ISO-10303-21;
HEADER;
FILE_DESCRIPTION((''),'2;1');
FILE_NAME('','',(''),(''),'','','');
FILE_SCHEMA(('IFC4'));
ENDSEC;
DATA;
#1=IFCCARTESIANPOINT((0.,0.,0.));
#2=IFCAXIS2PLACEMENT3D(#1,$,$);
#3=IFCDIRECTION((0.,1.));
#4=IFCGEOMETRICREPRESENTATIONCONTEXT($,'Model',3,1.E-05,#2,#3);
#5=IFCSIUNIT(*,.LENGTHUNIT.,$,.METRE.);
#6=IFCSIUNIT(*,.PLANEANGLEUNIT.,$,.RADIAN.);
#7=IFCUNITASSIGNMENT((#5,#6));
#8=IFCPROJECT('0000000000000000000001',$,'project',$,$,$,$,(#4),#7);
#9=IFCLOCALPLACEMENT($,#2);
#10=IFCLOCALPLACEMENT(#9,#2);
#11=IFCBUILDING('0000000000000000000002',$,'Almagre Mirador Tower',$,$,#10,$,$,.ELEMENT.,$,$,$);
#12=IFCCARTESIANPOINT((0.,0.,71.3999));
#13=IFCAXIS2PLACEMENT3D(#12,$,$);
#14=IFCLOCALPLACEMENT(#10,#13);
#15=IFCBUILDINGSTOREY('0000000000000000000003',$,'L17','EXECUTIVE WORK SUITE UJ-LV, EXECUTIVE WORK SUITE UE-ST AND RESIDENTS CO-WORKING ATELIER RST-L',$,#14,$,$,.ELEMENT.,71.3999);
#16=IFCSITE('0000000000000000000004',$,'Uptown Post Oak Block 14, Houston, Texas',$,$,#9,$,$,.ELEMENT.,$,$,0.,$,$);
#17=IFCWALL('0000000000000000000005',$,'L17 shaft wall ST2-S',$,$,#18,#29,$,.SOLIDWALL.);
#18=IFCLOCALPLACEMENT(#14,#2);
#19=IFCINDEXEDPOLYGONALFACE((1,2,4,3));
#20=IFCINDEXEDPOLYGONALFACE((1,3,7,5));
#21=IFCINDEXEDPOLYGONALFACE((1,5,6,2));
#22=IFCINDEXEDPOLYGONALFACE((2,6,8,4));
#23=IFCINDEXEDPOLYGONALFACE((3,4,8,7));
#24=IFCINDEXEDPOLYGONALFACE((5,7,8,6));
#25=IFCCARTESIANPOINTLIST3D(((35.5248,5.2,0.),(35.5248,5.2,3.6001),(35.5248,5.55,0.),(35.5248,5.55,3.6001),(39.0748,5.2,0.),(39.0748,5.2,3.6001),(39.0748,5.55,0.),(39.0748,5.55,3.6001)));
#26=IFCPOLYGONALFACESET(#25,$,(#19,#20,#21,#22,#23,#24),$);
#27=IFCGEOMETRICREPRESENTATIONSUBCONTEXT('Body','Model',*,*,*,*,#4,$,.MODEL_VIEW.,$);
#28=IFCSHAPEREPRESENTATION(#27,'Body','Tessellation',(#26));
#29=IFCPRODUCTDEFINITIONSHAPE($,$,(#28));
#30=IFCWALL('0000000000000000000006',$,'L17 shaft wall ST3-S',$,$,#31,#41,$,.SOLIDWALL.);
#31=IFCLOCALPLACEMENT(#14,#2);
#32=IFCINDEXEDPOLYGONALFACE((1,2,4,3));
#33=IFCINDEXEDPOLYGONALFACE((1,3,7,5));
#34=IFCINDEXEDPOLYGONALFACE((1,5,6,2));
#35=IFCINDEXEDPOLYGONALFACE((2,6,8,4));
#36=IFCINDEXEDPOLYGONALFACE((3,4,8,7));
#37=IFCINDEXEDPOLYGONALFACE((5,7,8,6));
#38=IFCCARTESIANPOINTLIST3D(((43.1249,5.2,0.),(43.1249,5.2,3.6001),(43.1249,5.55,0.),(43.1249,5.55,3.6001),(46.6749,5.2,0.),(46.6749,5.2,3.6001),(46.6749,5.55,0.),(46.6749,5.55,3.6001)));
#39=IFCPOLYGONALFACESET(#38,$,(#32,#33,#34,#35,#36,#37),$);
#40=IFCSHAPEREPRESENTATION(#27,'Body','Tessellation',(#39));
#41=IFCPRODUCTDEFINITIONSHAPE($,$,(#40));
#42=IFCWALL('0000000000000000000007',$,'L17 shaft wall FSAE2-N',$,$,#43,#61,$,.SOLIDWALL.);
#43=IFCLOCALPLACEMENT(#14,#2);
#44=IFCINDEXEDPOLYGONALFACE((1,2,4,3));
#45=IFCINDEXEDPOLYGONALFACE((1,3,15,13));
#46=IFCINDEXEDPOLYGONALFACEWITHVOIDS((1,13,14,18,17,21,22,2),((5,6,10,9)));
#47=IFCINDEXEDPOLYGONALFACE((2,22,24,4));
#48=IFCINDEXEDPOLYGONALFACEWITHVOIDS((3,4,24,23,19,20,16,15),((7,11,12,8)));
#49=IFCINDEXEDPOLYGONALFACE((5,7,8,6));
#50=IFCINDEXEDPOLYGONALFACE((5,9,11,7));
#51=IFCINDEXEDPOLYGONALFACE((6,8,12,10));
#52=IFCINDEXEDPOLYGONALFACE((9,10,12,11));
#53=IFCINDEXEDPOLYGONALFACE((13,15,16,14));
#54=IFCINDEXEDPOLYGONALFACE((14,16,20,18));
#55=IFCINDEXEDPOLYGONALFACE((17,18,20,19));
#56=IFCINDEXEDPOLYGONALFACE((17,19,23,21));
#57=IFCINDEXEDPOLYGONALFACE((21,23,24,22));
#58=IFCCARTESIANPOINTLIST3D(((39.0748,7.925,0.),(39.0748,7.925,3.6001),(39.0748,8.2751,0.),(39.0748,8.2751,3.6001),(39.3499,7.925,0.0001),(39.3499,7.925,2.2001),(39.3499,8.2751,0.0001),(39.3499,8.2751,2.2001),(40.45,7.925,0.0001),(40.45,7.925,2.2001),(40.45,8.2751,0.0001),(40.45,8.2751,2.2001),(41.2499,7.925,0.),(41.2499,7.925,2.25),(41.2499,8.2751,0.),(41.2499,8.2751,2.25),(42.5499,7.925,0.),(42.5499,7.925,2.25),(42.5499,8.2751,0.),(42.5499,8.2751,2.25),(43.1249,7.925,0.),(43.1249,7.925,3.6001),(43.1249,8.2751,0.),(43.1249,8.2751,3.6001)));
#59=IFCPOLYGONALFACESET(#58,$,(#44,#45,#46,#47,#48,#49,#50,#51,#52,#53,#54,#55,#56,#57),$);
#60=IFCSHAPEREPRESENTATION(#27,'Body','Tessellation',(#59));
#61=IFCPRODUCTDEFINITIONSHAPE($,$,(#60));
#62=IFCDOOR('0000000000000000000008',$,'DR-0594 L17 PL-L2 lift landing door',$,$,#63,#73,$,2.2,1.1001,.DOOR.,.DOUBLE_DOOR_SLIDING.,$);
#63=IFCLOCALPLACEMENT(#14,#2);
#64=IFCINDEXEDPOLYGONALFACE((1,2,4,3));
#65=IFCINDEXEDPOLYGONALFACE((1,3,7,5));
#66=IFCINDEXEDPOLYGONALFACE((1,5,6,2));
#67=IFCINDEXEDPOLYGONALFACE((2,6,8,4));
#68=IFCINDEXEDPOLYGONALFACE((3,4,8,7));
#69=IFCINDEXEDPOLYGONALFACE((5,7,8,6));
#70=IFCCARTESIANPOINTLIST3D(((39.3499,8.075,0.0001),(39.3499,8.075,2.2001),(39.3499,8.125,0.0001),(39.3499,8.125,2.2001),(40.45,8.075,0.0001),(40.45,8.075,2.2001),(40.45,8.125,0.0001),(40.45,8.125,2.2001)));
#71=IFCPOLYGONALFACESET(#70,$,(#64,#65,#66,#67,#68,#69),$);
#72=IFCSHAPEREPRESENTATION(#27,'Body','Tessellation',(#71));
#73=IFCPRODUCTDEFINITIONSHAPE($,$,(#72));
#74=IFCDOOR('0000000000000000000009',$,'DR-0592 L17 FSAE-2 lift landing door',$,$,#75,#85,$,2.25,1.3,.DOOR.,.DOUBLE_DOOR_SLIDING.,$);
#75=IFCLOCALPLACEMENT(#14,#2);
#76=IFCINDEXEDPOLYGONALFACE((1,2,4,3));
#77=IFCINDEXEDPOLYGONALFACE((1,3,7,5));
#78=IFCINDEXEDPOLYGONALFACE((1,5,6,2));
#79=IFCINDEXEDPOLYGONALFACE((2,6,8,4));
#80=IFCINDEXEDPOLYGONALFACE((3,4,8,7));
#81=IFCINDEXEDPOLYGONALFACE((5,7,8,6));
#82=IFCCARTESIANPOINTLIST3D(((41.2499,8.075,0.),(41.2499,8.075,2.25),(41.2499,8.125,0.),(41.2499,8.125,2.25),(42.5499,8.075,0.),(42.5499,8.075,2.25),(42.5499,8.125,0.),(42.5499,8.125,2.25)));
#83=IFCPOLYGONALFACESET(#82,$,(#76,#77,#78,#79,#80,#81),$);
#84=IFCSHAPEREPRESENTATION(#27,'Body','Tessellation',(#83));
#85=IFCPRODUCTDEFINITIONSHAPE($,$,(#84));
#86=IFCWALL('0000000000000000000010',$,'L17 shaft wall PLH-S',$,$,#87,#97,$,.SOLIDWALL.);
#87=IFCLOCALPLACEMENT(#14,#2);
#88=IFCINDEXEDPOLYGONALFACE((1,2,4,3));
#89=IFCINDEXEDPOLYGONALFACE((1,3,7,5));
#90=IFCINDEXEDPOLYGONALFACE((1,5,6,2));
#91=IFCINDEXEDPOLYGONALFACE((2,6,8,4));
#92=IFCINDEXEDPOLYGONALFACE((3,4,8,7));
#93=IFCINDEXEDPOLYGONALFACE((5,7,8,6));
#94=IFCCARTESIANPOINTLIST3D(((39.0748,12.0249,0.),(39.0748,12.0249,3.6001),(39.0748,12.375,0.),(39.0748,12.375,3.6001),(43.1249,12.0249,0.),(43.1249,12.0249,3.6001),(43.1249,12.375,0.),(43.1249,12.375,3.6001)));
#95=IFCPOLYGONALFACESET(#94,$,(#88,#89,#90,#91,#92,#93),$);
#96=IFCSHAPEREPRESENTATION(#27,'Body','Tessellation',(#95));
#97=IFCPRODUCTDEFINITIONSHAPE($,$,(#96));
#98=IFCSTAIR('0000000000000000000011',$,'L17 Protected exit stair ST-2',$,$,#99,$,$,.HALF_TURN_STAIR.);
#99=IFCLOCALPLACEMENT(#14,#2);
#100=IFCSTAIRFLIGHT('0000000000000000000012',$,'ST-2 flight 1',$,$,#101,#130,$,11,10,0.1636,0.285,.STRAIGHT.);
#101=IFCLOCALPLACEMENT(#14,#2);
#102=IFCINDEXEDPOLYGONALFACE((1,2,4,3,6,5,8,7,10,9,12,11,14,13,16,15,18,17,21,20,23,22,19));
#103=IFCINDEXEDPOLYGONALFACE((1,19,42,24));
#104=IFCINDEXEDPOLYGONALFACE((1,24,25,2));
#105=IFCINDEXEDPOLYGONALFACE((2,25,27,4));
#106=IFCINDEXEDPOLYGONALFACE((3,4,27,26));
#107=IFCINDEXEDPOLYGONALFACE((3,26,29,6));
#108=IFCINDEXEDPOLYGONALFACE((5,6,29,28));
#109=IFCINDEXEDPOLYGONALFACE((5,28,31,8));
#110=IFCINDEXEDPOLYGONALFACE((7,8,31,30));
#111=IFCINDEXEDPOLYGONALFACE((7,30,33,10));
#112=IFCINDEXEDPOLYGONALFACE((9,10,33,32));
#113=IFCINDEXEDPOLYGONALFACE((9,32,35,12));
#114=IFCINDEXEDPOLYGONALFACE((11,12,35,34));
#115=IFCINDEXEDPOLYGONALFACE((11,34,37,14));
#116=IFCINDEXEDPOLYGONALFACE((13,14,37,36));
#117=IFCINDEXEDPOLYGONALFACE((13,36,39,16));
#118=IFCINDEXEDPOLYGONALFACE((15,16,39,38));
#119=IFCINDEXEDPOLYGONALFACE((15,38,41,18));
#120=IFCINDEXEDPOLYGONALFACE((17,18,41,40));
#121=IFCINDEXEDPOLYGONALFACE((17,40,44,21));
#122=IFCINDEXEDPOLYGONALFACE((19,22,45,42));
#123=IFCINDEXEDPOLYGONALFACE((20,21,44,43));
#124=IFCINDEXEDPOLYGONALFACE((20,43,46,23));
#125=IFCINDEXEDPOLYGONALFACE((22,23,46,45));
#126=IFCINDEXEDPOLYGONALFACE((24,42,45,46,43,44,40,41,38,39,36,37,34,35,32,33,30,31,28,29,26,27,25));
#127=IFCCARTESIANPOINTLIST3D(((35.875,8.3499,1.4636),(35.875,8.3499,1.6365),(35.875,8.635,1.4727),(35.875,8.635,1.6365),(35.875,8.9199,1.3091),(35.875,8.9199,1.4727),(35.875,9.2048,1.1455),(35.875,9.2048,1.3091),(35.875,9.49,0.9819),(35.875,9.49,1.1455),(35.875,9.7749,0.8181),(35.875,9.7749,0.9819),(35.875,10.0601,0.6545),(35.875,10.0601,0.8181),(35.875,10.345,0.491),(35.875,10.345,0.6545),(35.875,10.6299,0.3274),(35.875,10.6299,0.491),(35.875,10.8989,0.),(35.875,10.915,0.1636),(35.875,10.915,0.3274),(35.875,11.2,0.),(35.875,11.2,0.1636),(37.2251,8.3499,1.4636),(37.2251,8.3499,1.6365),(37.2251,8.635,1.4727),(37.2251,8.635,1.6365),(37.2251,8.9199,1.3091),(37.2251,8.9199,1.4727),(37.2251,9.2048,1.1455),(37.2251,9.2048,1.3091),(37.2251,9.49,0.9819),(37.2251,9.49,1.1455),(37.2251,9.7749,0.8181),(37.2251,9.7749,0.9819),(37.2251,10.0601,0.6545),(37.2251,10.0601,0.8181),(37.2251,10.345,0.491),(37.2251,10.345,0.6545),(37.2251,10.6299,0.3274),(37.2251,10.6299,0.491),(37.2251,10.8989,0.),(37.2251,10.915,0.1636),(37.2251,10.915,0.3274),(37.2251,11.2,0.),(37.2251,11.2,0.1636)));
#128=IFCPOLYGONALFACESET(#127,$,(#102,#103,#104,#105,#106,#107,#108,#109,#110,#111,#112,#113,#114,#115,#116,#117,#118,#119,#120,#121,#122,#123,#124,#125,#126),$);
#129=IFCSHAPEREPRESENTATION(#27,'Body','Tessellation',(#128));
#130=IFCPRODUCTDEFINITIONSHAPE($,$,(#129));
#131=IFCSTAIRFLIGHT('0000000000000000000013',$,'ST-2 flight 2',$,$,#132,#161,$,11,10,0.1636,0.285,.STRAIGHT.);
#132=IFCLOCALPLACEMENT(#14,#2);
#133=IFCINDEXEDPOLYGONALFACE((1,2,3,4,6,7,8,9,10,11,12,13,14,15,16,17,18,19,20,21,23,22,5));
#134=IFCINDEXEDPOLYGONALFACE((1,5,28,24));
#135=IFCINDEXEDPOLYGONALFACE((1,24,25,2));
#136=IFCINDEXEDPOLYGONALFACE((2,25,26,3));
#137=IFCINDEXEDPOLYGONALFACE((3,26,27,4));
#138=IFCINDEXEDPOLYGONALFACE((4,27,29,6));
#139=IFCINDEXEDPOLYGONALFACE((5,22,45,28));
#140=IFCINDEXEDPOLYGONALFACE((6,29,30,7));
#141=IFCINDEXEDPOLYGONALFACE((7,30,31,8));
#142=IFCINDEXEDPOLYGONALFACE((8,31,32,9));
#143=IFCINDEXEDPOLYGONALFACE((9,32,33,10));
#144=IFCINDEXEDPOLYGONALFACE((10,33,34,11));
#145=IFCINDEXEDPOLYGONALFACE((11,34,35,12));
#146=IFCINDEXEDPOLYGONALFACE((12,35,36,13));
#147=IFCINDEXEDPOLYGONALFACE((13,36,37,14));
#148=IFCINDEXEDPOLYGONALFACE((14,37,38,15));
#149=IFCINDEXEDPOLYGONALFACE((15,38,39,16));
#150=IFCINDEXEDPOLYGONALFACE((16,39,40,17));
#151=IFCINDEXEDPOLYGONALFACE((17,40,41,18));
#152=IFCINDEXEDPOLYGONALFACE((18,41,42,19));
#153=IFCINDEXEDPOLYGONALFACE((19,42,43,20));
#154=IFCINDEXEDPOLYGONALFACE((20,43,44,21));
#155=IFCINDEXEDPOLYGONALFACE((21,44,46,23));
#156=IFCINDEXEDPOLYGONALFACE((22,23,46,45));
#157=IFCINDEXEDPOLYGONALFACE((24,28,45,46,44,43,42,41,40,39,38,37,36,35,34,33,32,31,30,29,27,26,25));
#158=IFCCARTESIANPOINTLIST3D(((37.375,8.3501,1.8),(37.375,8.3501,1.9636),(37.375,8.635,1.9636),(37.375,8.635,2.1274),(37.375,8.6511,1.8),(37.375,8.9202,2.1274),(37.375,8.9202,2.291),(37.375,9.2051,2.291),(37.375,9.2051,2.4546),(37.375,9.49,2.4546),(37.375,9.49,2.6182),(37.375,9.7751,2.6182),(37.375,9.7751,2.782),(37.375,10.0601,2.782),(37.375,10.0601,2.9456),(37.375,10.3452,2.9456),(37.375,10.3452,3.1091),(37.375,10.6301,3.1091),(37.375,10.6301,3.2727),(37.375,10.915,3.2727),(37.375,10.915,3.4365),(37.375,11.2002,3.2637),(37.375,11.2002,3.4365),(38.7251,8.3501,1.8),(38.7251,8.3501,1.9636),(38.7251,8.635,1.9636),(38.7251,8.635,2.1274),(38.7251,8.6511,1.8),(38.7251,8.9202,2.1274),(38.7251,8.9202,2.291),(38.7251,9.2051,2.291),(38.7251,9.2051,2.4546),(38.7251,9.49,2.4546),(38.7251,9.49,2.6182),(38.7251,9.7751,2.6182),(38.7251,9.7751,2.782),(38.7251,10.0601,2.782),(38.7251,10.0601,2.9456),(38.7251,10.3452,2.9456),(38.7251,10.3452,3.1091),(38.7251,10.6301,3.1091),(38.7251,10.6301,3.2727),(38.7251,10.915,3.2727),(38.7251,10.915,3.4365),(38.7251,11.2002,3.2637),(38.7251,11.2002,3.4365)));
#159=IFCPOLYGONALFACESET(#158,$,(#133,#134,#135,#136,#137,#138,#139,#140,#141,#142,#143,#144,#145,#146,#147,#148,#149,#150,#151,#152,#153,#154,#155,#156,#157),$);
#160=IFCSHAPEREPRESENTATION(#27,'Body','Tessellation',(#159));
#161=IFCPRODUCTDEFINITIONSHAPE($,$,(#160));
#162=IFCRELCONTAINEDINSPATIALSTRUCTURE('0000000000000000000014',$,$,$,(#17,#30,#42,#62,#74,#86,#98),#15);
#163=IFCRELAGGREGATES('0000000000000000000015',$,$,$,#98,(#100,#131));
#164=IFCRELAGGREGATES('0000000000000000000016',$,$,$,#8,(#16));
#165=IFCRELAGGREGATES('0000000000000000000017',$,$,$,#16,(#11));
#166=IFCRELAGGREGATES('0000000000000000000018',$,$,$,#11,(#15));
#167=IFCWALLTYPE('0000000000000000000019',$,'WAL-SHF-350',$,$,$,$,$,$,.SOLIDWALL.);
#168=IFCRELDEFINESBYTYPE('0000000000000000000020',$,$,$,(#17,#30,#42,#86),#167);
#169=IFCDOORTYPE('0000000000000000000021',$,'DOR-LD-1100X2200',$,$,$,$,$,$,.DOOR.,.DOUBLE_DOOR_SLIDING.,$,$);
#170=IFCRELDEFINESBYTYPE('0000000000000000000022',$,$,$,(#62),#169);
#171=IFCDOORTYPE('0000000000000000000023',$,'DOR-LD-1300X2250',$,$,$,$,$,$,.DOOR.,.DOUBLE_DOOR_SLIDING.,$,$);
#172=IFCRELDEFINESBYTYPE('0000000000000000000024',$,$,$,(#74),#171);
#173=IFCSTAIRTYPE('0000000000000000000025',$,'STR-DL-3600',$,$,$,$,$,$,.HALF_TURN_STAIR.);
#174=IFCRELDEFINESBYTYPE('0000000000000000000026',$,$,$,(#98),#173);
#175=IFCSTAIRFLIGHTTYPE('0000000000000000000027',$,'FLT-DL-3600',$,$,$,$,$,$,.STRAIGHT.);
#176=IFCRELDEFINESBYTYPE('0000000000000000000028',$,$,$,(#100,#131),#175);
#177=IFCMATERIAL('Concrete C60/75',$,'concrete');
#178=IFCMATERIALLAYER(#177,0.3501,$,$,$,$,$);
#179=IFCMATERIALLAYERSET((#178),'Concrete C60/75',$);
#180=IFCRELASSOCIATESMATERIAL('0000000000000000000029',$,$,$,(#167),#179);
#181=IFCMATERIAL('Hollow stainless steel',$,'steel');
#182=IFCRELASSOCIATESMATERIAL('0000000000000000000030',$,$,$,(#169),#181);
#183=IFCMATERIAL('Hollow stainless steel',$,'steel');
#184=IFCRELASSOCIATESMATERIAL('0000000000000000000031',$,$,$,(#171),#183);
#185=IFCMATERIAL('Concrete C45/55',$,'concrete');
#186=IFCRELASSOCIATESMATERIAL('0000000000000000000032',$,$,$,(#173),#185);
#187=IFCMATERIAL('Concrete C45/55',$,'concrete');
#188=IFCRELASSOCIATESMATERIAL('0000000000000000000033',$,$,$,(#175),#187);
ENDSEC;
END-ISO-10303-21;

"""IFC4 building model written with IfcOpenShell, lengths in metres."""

from ifc_helpers import new_model, si_unit, direction, frame, frame_2d, origin, place, context, subcontext, project, spatial, polyline, rectangle, outline, extrude, material, layer, layer_set, type_object, element, fill, aggregate, save


model = new_model("IFC4")

# Units and contexts
model_context = context("Model", 3, precision=1e-05, world=origin(), true_north=direction((0.0, 1.0)))
body_context = subcontext(model_context, "Body", "Model", "MODEL_VIEW")
ifc_project = project(units=[si_unit("LENGTHUNIT", "METRE"), si_unit("PLANEANGLEUNIT", "RADIAN")], contexts=[model_context])

# Site, building, storey
site_placement = place(None, origin())
site = spatial("IfcSite", under=ifc_project, at=site_placement, Name="Uptown Post Oak Block 14, Houston, Texas", CompositionType="ELEMENT", RefElevation=0.0)
building_placement = place(site_placement, origin())
building = spatial("IfcBuilding", under=site, at=building_placement, Name="Almagre Mirador Tower", CompositionType="ELEMENT")
storey_placement = place(building_placement, frame((0.0, 0.0, 71.3999)))
storey = spatial("IfcBuildingStorey", under=building, at=storey_placement, Name="L17", Description="EXECUTIVE WORK SUITE UJ-LV, EXECUTIVE WORK SUITE UE-ST AND RESIDENTS CO-WORKING ATELIER RST-L", CompositionType="ELEMENT", Elevation=71.3999)

# Walls
ifc_material_1 = material(Name="Concrete C60/75", Category="concrete")
ifc_layer = layer(ifc_material_1, 0.3501)
ifc_layer_set = layer_set([ifc_layer], Name="Concrete C60/75")
wall_type = type_object("IfcWallType", Name="WAL-SHF-350", PredefinedType="SOLIDWALL", material=ifc_layer_set)
for number, where, z_axis, x_axis, name in (
    (1, (35.5249, 5.375, 0.0), (0.0, 0.0, 1.0), (1.0, 0.0, 0.0), "L17 shaft wall ST2-S"),
    (2, (43.125, 5.375, 0.0), (0.0, 0.0, 1.0), (1.0, 0.0, 0.0), "L17 shaft wall ST3-S"),
):
    element("IfcWall", number, at=place(storey_placement, frame(where, z_axis=z_axis, x_axis=x_axis)), inside=storey, type_object=wall_type, Name=name, PredefinedType="SOLIDWALL", context=body_context, shape_type="SweptSolid", body=[
        extrude(rectangle(XDim=3.55, YDim=0.3501, at=frame_2d((1.7749, 0.0))), origin(), (0.0, 0.0, 1.0), 3.6001),
    ])

# Wall, openings, doors
wall_1_placement = place(storey_placement, frame((39.075, 8.1001, 0.0), z_axis=(0.0, 0.0, 1.0), x_axis=(1.0, 0.0, 0.0)))
wall_1 = element("IfcWall", 3, at=wall_1_placement, inside=storey, type_object=wall_type, Name="L17 shaft wall FSAE2-N", PredefinedType="SOLIDWALL", context=body_context, shape_type="SweptSolid", body=[
    extrude(rectangle(XDim=4.05, YDim=0.3501, at=frame_2d((2.0249, 0.0))), origin(), (0.0, 0.0, 1.0), 3.6001),
])
opening_1_placement = place(wall_1_placement, frame((2.175, 0.0, 0.0)))
opening_1 = element("IfcOpeningElement", 4, at=opening_1_placement, cuts=wall_1, PredefinedType="OPENING", context=body_context, shape_type="SweptSolid", body=[
    extrude(rectangle(XDim=1.3, YDim=2.25, at=frame_2d((0.6499, 1.125))), frame((0.0, 0.185, 0.0), z_axis=(0.0, -1.0, 0.0), x_axis=(1.0, 0.0, 0.0)), (0.0, 0.0, 1.0), 0.3701),
])
opening_2_placement = place(wall_1_placement, frame((0.2749, 0.0, 0.0)))
opening_2 = element("IfcOpeningElement", 5, at=opening_2_placement, cuts=wall_1, PredefinedType="OPENING", context=body_context, shape_type="SweptSolid", body=[
    extrude(rectangle(XDim=1.1001, YDim=2.2, at=frame_2d((0.55, 1.1001))), frame((0.0, 0.185, 0.0), z_axis=(0.0, -1.0, 0.0), x_axis=(1.0, 0.0, 0.0)), (0.0, 0.0, 1.0), 0.3701),
])
ifc_material_2 = material(Name="Hollow stainless steel", Category="steel")
door_type_1 = type_object("IfcDoorType", Name="DOR-LD-1100X2200", OperationType="DOUBLE_DOOR_SLIDING", PredefinedType="DOOR", material=ifc_material_2)
door_1_placement = place(opening_2_placement, origin())
door_1 = element("IfcDoor", 6, at=door_1_placement, inside=storey, type_object=door_type_1, Name="DR-0594 L17 PL-L2 lift landing door", OperationType="DOUBLE_DOOR_SLIDING", OverallHeight=2.2, OverallWidth=1.1001, PredefinedType="DOOR", context=body_context, shape_type="SweptSolid", body=[
    extrude(rectangle(XDim=1.1001, YDim=2.2, at=frame_2d((0.55, 1.1001))), frame((0.0, 0.0249, 0.0), z_axis=(0.0, -1.0, 0.0), x_axis=(1.0, 0.0, 0.0)), (0.0, 0.0, 1.0), 0.05),
])
fill(opening_2, door_1)
ifc_material_3 = material(Name="Hollow stainless steel", Category="steel")
door_type_2 = type_object("IfcDoorType", Name="DOR-LD-1300X2250", OperationType="DOUBLE_DOOR_SLIDING", PredefinedType="DOOR", material=ifc_material_3)
door_2_placement = place(opening_1_placement, origin())
door_2 = element("IfcDoor", 7, at=door_2_placement, inside=storey, type_object=door_type_2, Name="DR-0592 L17 FSAE-2 lift landing door", OperationType="DOUBLE_DOOR_SLIDING", OverallHeight=2.25, OverallWidth=1.3, PredefinedType="DOOR", context=body_context, shape_type="SweptSolid", body=[
    extrude(rectangle(XDim=1.3, YDim=2.25, at=frame_2d((0.6499, 1.125))), frame((0.0, 0.0249, 0.0), z_axis=(0.0, -1.0, 0.0), x_axis=(1.0, 0.0, 0.0)), (0.0, 0.0, 1.0), 0.05),
])
fill(opening_1, door_2)

# Wall
wall_2_placement = place(storey_placement, frame((39.075, 12.2, 0.0), z_axis=(0.0, 0.0, 1.0), x_axis=(1.0, 0.0, 0.0)))
element("IfcWall", 8, at=wall_2_placement, inside=storey, type_object=wall_type, Name="L17 shaft wall PLH-S", PredefinedType="SOLIDWALL", context=body_context, shape_type="SweptSolid", body=[
    extrude(rectangle(XDim=4.05, YDim=0.3501, at=frame_2d((2.0249, 0.0))), origin(), (0.0, 0.0, 1.0), 3.6001),
])

# Stair, stair flights
ifc_material_4 = material(Name="Concrete C45/55", Category="concrete")
stair_type = type_object("IfcStairType", Name="STR-DL-3600", PredefinedType="HALF_TURN_STAIR", material=ifc_material_4)
stair_1_placement = place(storey_placement, origin())
stair_1 = element("IfcStair", 9, at=stair_1_placement, inside=storey, type_object=stair_type, Name="L17 Protected exit stair ST-2", PredefinedType="HALF_TURN_STAIR")
ifc_material_5 = material(Name="Concrete C45/55", Category="concrete")
stair_flight_type = type_object("IfcStairFlightType", Name="FLT-DL-3600", PredefinedType="STRAIGHT", material=ifc_material_5)
stair_flight_1_placement = place(storey_placement, frame((36.55, 11.2, 0.0), z_axis=(0.0, 0.0, 1.0), x_axis=(0.0, -1.0, 0.0)))
stair_flight_1 = element("IfcStairFlight", 10, at=stair_flight_1_placement, type_object=stair_flight_type, Name="ST-2 flight 1", NumberOfRisers=11, NumberOfTreads=10, PredefinedType="STRAIGHT", RiserHeight=0.1636, TreadLength=0.285, context=body_context, shape_type="SweptSolid", body=[
    extrude(outline(polyline([(0.0, 0.0), (0.0, 0.1636), (0.2849, 0.1636), (0.2849, 0.3274), (0.5701, 0.3274), (0.5701, 0.491), (0.855, 0.491), (0.855, 0.6545), (1.1399, 0.6545), (1.1399, 0.8181), (1.425, 0.8181), (1.425, 0.9819), (1.71, 0.9819), (1.71, 1.1455), (1.9951, 1.1455), (1.9951, 1.3091), (2.28, 1.3091), (2.28, 1.4727), (2.5649, 1.4727), (2.5649, 1.6365), (2.8501, 1.6365), (2.8501, 1.8), (2.8501, 1.4636), (0.301, 0.0), (0.0, 0.0)])), frame((0.0, 0.675, 0.0), z_axis=(0.0, -1.0, 0.0), x_axis=(1.0, 0.0, 0.0)), (0.0, 0.0, 1.0), 1.3501),
])
stair_flight_2_placement = place(storey_placement, frame((38.05, 8.3501, 1.8), z_axis=(0.0, 0.0, 1.0), x_axis=(0.0, 1.0, 0.0)))
stair_flight_2 = element("IfcStairFlight", 11, at=stair_flight_2_placement, type_object=stair_flight_type, Name="ST-2 flight 2", NumberOfRisers=11, NumberOfTreads=10, PredefinedType="STRAIGHT", RiserHeight=0.1636, TreadLength=0.285, context=body_context, shape_type="SweptSolid", body=[
    extrude(outline(polyline([(0.0, 0.0), (0.0, 0.1636), (0.2849, 0.1636), (0.2849, 0.3274), (0.5701, 0.3274), (0.5701, 0.491), (0.855, 0.491), (0.855, 0.6545), (1.1399, 0.6545), (1.1399, 0.8181), (1.425, 0.8181), (1.425, 0.9819), (1.71, 0.9819), (1.71, 1.1455), (1.9951, 1.1455), (1.9951, 1.3091), (2.28, 1.3091), (2.28, 1.4727), (2.5649, 1.4727), (2.5649, 1.6365), (2.8501, 1.6365), (2.8501, 1.8), (2.8501, 1.4636), (0.301, 0.0), (0.0, 0.0)])), frame((0.0, 0.675, 0.0), z_axis=(0.0, -1.0, 0.0), x_axis=(1.0, 0.0, 0.0)), (0.0, 0.0, 1.0), 1.3501),
])
aggregate(stair_1, [stair_flight_1, stair_flight_2])

save(model, "model.ifc")
